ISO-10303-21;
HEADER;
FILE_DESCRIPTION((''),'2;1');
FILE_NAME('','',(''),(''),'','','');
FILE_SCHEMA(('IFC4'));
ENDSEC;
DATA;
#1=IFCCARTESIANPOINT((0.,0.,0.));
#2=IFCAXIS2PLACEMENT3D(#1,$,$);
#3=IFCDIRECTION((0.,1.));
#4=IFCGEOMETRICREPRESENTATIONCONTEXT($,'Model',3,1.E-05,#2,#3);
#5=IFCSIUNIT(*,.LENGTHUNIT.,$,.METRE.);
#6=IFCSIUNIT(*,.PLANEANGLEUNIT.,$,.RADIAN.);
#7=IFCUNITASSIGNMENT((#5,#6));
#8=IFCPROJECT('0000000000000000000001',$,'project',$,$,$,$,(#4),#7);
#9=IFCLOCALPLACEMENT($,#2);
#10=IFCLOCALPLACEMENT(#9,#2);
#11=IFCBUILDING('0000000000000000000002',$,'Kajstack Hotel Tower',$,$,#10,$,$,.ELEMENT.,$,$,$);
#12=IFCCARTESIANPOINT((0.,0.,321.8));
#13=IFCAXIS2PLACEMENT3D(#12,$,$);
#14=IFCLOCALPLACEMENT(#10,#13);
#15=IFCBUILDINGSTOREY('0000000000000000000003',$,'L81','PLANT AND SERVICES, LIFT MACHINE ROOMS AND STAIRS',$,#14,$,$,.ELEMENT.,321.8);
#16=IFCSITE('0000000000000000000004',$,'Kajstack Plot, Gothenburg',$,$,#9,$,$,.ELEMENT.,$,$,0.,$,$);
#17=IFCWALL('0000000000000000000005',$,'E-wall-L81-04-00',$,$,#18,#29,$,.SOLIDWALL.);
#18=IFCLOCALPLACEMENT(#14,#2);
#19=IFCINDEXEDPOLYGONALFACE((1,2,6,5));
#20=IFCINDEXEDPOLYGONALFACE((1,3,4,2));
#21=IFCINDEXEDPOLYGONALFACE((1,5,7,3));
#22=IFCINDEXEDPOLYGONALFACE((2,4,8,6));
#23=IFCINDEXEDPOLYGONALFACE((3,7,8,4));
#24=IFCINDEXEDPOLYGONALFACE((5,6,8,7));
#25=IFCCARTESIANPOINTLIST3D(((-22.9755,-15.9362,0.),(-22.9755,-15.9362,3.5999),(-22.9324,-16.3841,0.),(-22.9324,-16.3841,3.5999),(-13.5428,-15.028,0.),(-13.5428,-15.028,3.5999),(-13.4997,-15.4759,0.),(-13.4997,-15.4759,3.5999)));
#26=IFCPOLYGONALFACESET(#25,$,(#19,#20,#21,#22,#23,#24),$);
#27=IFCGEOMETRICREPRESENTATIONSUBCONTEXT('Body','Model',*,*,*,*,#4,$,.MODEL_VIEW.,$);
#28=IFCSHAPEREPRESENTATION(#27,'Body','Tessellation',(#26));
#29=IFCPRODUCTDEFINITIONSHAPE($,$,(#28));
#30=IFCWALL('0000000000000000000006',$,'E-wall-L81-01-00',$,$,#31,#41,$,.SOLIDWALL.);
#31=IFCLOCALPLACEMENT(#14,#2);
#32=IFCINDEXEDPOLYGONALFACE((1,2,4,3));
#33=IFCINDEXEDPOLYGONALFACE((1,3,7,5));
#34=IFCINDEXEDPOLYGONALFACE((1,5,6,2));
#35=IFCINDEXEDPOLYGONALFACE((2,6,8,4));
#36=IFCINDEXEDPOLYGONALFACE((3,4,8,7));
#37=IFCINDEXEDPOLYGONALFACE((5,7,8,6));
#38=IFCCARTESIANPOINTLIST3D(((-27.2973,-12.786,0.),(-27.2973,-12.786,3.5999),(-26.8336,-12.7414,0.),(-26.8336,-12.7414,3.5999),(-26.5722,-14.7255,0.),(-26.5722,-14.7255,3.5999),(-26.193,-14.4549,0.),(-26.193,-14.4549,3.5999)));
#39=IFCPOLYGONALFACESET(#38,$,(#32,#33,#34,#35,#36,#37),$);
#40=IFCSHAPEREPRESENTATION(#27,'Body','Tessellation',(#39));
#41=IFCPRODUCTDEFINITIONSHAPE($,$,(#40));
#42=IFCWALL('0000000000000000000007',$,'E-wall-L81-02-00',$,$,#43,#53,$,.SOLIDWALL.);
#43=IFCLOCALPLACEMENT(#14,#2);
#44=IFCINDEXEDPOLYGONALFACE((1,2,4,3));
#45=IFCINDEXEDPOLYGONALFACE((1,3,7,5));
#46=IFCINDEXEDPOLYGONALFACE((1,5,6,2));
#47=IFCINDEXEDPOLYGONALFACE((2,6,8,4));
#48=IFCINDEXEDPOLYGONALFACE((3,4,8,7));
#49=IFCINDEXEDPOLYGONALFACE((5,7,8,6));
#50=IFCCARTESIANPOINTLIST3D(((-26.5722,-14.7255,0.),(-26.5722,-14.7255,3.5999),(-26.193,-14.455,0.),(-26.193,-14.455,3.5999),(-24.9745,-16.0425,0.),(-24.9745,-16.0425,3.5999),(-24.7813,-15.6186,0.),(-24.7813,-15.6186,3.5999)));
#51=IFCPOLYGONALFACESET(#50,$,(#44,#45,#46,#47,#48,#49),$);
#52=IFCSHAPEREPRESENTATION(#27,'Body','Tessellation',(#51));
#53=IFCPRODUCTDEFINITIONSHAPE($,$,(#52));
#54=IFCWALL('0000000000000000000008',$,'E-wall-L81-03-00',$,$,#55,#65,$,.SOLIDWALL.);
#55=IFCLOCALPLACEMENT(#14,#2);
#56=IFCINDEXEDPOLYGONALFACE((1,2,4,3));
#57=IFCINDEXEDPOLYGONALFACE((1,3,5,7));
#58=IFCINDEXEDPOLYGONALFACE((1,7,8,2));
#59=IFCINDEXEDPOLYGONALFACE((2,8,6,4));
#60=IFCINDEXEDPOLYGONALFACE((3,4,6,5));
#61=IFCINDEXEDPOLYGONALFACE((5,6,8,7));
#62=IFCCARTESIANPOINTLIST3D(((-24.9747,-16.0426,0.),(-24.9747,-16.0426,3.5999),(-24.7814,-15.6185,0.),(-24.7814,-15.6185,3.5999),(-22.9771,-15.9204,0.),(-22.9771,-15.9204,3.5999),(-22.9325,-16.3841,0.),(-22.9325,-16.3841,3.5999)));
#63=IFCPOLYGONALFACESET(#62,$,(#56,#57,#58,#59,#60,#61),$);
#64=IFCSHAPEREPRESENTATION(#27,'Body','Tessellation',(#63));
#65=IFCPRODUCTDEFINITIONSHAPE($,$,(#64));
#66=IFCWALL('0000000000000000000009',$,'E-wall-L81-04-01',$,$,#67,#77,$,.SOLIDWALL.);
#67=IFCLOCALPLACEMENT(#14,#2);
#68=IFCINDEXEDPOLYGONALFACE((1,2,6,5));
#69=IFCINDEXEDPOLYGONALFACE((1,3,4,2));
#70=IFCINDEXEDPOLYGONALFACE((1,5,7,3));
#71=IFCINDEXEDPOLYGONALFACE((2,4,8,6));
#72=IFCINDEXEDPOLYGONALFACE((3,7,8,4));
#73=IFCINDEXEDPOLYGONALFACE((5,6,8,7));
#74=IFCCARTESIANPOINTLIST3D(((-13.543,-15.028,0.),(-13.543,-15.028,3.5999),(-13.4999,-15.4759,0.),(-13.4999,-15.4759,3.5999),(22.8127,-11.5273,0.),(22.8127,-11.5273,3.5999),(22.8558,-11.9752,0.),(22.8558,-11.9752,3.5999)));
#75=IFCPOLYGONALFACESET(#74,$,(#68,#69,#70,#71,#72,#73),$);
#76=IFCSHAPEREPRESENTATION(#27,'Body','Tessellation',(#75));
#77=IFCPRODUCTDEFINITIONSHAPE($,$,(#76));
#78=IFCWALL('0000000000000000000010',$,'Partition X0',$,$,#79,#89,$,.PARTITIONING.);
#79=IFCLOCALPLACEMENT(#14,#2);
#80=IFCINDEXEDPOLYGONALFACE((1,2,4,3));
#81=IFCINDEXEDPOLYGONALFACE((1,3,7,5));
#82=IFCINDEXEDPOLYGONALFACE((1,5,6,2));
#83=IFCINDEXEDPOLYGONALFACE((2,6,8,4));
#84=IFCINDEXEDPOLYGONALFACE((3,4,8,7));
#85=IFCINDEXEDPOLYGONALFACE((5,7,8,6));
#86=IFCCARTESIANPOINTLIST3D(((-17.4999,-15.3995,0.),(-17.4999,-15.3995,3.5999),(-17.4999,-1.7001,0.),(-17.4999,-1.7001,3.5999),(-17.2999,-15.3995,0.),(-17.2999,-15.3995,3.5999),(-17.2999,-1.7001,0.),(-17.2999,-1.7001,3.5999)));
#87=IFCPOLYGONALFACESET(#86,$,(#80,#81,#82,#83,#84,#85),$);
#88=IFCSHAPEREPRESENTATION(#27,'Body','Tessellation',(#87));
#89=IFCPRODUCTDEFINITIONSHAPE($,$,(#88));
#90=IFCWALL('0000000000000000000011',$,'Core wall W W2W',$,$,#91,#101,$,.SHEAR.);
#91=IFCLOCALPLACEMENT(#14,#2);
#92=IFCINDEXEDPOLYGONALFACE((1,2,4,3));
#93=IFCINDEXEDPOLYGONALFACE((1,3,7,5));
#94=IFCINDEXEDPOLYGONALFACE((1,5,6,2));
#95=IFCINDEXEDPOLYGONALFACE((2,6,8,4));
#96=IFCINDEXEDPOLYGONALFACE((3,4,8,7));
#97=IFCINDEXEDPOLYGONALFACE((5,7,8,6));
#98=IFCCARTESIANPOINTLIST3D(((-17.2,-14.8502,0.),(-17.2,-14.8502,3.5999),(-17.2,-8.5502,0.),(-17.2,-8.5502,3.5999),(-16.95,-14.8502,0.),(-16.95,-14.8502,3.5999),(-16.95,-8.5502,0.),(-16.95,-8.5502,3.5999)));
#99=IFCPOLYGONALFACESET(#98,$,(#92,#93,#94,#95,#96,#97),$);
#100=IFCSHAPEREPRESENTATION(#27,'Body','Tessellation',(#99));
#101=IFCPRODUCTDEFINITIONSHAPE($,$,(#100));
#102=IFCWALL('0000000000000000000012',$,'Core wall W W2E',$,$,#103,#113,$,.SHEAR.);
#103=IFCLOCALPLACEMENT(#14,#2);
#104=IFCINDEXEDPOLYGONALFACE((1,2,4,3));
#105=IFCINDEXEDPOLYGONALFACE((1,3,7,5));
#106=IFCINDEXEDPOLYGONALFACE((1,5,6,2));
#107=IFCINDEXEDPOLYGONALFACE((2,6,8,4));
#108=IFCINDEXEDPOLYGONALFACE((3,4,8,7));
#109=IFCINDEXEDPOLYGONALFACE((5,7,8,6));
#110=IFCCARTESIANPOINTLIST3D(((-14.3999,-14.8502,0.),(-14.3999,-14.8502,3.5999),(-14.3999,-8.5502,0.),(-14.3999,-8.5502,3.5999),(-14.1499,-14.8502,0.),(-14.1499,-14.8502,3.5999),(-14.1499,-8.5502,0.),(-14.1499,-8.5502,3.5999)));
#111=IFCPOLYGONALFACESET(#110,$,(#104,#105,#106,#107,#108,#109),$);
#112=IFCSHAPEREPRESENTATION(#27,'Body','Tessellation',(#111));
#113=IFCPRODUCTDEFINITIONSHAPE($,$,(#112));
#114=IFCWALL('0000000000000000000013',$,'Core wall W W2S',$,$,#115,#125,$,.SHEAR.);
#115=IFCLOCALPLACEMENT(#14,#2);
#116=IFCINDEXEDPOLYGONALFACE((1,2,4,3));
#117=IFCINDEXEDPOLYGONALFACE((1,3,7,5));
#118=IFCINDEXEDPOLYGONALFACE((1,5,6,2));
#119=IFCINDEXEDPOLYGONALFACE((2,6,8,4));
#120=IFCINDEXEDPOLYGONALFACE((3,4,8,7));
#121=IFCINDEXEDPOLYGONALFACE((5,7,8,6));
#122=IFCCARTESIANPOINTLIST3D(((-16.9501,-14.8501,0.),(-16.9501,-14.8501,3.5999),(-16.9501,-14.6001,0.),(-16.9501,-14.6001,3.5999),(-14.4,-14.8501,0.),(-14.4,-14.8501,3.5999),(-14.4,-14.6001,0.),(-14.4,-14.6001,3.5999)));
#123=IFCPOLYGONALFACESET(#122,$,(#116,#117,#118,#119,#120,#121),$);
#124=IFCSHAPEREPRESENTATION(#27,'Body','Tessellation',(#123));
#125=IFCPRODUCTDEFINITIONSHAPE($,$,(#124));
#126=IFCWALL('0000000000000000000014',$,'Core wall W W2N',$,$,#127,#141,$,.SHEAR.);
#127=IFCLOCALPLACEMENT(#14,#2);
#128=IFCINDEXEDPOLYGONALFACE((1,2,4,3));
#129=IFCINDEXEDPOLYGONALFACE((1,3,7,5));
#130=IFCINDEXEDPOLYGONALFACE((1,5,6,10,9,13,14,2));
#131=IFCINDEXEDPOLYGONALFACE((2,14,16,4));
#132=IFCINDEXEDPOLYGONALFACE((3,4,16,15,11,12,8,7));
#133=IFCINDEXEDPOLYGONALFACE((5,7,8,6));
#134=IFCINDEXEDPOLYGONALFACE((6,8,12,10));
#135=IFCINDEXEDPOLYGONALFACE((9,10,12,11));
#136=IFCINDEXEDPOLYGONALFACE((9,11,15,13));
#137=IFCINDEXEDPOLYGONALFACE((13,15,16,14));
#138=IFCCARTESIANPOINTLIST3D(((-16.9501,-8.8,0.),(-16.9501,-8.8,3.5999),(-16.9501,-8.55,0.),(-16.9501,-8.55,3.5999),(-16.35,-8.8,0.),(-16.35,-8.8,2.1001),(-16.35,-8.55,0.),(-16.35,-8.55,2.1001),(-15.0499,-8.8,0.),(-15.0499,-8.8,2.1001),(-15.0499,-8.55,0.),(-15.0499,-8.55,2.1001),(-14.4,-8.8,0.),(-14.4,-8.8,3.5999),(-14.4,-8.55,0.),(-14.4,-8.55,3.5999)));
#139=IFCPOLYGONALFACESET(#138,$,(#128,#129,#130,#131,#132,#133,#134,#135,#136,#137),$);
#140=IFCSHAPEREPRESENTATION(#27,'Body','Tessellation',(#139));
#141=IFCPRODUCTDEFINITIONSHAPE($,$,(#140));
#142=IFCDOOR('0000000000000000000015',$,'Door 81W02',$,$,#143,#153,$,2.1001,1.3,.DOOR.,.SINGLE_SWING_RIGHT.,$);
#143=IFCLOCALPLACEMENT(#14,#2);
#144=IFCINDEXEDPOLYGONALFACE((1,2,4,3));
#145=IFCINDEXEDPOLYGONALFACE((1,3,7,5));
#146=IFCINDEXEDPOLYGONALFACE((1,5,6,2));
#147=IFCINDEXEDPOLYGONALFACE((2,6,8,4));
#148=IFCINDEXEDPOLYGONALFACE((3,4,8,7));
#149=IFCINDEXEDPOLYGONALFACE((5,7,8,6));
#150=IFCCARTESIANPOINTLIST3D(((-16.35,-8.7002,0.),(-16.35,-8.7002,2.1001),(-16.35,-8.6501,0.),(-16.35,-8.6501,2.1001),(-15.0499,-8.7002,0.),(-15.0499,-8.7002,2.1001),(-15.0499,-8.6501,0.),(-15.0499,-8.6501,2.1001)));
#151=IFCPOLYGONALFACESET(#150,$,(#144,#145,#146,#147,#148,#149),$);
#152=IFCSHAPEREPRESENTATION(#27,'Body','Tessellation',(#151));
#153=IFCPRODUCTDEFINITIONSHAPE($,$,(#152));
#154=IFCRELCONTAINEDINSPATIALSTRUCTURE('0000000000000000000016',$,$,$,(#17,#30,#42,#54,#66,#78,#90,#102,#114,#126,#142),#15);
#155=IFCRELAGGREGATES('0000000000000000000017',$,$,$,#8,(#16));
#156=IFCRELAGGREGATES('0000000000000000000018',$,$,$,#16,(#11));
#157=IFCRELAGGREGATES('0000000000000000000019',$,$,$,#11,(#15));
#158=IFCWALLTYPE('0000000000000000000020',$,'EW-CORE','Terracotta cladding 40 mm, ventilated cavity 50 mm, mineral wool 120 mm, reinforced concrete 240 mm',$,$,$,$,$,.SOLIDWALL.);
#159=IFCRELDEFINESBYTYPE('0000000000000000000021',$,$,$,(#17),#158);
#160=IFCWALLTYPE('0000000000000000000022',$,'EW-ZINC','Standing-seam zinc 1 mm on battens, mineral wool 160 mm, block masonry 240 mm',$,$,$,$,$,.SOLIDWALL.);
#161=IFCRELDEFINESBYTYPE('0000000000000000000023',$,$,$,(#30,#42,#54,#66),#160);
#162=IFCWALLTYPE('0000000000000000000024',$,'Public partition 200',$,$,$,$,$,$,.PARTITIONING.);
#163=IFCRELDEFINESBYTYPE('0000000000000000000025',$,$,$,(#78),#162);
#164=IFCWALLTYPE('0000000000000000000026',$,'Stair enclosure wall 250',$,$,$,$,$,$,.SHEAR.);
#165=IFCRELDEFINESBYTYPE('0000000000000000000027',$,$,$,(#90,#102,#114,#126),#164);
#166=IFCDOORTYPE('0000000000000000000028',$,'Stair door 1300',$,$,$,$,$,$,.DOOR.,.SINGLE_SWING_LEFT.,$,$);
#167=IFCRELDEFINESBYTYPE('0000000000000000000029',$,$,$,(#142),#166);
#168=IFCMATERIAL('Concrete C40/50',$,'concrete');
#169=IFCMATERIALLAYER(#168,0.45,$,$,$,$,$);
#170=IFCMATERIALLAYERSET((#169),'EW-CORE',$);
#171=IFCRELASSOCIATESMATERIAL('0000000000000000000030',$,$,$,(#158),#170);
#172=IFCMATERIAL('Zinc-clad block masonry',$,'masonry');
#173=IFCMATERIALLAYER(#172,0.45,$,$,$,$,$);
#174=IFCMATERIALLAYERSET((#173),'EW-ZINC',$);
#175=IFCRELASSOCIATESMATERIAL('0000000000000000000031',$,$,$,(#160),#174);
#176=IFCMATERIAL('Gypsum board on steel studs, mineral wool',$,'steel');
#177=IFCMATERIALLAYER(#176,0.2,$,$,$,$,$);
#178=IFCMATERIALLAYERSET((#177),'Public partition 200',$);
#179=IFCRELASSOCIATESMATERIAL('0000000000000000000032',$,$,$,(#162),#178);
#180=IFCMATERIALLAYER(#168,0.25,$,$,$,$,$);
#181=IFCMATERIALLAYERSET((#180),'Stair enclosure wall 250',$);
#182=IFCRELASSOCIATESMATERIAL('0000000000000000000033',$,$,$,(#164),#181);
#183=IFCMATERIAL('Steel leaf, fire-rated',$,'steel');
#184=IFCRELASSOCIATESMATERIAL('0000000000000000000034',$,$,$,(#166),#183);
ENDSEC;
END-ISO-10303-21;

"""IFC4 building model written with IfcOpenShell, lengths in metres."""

from ifc_helpers import new_model, si_unit, direction, frame, frame_2d, origin, place, context, subcontext, project, spatial, polyline, rectangle, outline, extrude, material, layer, layer_set, type_object, element, fill, save


model = new_model("IFC4")

# Units and contexts
model_context = context("Model", 3, precision=1e-05, world=origin(), true_north=direction((0.0, 1.0)))
body_context = subcontext(model_context, "Body", "Model", "MODEL_VIEW")
ifc_project = project(units=[si_unit("LENGTHUNIT", "METRE"), si_unit("PLANEANGLEUNIT", "RADIAN")], contexts=[model_context])

# Site, building, storey
site_placement = place(None, origin())
site = spatial("IfcSite", under=ifc_project, at=site_placement, Name="Kajstack Plot, Gothenburg", CompositionType="ELEMENT", RefElevation=0.0)
building_placement = place(site_placement, origin())
building = spatial("IfcBuilding", under=site, at=building_placement, Name="Kajstack Hotel Tower", CompositionType="ELEMENT")
storey_placement = place(building_placement, frame((0.0, 0.0, 321.8)))
storey = spatial("IfcBuildingStorey", under=building, at=storey_placement, Name="L81", Description="PLANT AND SERVICES, LIFT MACHINE ROOMS AND STAIRS", CompositionType="ELEMENT", Elevation=321.8)

# Walls
ifc_material_1 = material(Name="Concrete C40/50", Category="concrete")
ifc_layer_1 = layer(ifc_material_1, 0.45)
ifc_layer_set_1 = layer_set([ifc_layer_1], Name="EW-CORE")
wall_type_1 = type_object("IfcWallType", Name="EW-CORE", Description="Terracotta cladding 40 mm, ventilated cavity 50 mm, mineral wool 120 mm, reinforced concrete 240 mm", PredefinedType="SOLIDWALL", material=ifc_layer_set_1)
wall_1_placement = place(storey_placement, frame((-22.9541, -16.1602, 0.0), z_axis=(0.0, 0.0, 1.0), x_axis=(0.995397, 0.09584, 0.0)))
element("IfcWall", 1, at=wall_1_placement, inside=storey, type_object=wall_type_1, Name="E-wall-L81-04-00", PredefinedType="SOLIDWALL", context=body_context, shape_type="SweptSolid", body=[
    extrude(rectangle(XDim=9.4763, YDim=0.45, at=frame_2d((4.7383, 0.0))), origin(), (0.0, 0.0, 1.0), 3.5999),
])
ifc_material_2 = material(Name="Zinc-clad block masonry", Category="masonry")
ifc_layer_2 = layer(ifc_material_2, 0.45)
ifc_layer_set_2 = layer_set([ifc_layer_2], Name="EW-ZINC")
wall_type_2 = type_object("IfcWallType", Name="EW-ZINC", Description="Standing-seam zinc 1 mm on battens, mineral wool 160 mm, block masonry 240 mm", PredefinedType="SOLIDWALL", material=ifc_layer_set_2)
for number, where, z_axis, x_axis, name in (
    (2, (-27.0867, -12.7073, 0.0), (0.0, 0.0, 1.0), (0.350193, -0.936678, 0.0), "E-wall-L81-01-00"),
    (3, (-26.4292, -14.552, 0.0), (0.0, 0.0, 1.0), (0.771651, -0.636046, 0.0), "E-wall-L81-02-00"),
):
    element("IfcWall", number, at=place(storey_placement, frame(where, z_axis=z_axis, x_axis=x_axis)), inside=storey, type_object=wall_type_2, Name=name, PredefinedType="SOLIDWALL", context=body_context, shape_type="SweptSolid", body=[
        extrude(outline(polyline([(0.0, -0.2249), (2.0706, -0.2249), (1.95, 0.2251), (0.1206, 0.2251), (0.0, -0.2249)])), origin(), (0.0, 0.0, 1.0), 3.5999),
    ])
wall_2_placement = place(storey_placement, frame((-24.9375, -15.8206, 0.0), z_axis=(0.0, 0.0, 1.0), x_axis=(0.986282, -0.165068, 0.0)))
element("IfcWall", 4, at=wall_2_placement, inside=storey, type_object=wall_type_2, Name="E-wall-L81-03-00", PredefinedType="SOLIDWALL", context=body_context, shape_type="SweptSolid", body=[
    extrude(outline(polyline([(0.0, -0.2251), (2.0706, -0.2249), (1.95, 0.2251), (0.1206, 0.2251), (0.0, -0.2251)])), origin(), (0.0, 0.0, 1.0), 3.5999),
])
wall_3_placement = place(storey_placement, frame((-13.5215, -15.252, 0.0), z_axis=(0.0, 0.0, 1.0), x_axis=(0.995396, 0.095848, 0.0)))
element("IfcWall", 5, at=wall_3_placement, inside=storey, type_object=wall_type_2, Name="E-wall-L81-04-01", PredefinedType="SOLIDWALL", context=body_context, shape_type="SweptSolid", body=[
    extrude(rectangle(XDim=36.5239, YDim=0.45, at=frame_2d((18.262, 0.0))), origin(), (0.0, 0.0, 1.0), 3.5999),
])
ifc_material_3 = material(Name="Gypsum board on steel studs, mineral wool", Category="steel")
ifc_layer_3 = layer(ifc_material_3, 0.2)
ifc_layer_set_3 = layer_set([ifc_layer_3], Name="Public partition 200")
wall_type_3 = type_object("IfcWallType", Name="Public partition 200", PredefinedType="PARTITIONING", material=ifc_layer_set_3)
wall_4_placement = place(storey_placement, frame((-17.3999, -15.3994, 0.0), z_axis=(0.0, 0.0, 1.0), x_axis=(0.0, 1.0, 0.0)))
element("IfcWall", 6, at=wall_4_placement, inside=storey, type_object=wall_type_3, Name="Partition X0", PredefinedType="PARTITIONING", context=body_context, shape_type="SweptSolid", body=[
    extrude(rectangle(XDim=13.6995, YDim=0.2, at=frame_2d((6.8496, 0.0))), origin(), (0.0, 0.0, 1.0), 3.5999),
])
ifc_layer_4 = layer(ifc_material_1, 0.25)
ifc_layer_set_4 = layer_set([ifc_layer_4], Name="Stair enclosure wall 250")
wall_type_4 = type_object("IfcWallType", Name="Stair enclosure wall 250", PredefinedType="SHEAR", material=ifc_layer_set_4)
for number, where, z_axis, x_axis, name in (
    (7, (-17.075, -14.8501, 0.0), (0.0, 0.0, 1.0), (0.0, 1.0, 0.0), "Core wall W W2W"),
    (8, (-14.2749, -14.8501, 0.0), (0.0, 0.0, 1.0), (0.0, 1.0, 0.0), "Core wall W W2E"),
):
    element("IfcWall", number, at=place(storey_placement, frame(where, z_axis=z_axis, x_axis=x_axis)), inside=storey, type_object=wall_type_4, Name=name, PredefinedType="SHEAR", context=body_context, shape_type="SweptSolid", body=[
        extrude(rectangle(XDim=6.3, YDim=0.25, at=frame_2d((3.1499, 0.0))), origin(), (0.0, 0.0, 1.0), 3.5999),
    ])
wall_5_placement = place(storey_placement, frame((-16.95, -14.7251, 0.0), z_axis=(0.0, 0.0, 1.0), x_axis=(1.0, 0.0, 0.0)))
element("IfcWall", 9, at=wall_5_placement, inside=storey, type_object=wall_type_4, Name="Core wall W W2S", PredefinedType="SHEAR", context=body_context, shape_type="SweptSolid", body=[
    extrude(rectangle(XDim=2.55, YDim=0.25, at=frame_2d((1.2749, 0.0))), origin(), (0.0, 0.0, 1.0), 3.5999),
])

# Wall, opening, door
wall_6_placement = place(storey_placement, frame((-16.95, -8.675, 0.0), z_axis=(0.0, 0.0, 1.0), x_axis=(1.0, 0.0, 0.0)))
wall_6 = element("IfcWall", 10, at=wall_6_placement, inside=storey, type_object=wall_type_4, Name="Core wall W W2N", PredefinedType="SHEAR", context=body_context, shape_type="SweptSolid", body=[
    extrude(rectangle(XDim=2.55, YDim=0.25, at=frame_2d((1.2749, 0.0))), origin(), (0.0, 0.0, 1.0), 3.5999),
])
opening_placement = place(wall_6_placement, frame((0.6001, 0.0, 0.0)))
opening = element("IfcOpeningElement", 11, at=opening_placement, cuts=wall_6, PredefinedType="OPENING", context=body_context, shape_type="SweptSolid", body=[
    extrude(rectangle(XDim=1.3, YDim=2.1001, at=frame_2d((0.6499, 1.05))), frame((0.0, 0.135, 0.0), z_axis=(0.0, -1.0, 0.0), x_axis=(1.0, 0.0, 0.0)), (0.0, 0.0, 1.0), 0.27),
])
ifc_material_4 = material(Name="Steel leaf, fire-rated", Category="steel")
door_type = type_object("IfcDoorType", Name="Stair door 1300", OperationType="SINGLE_SWING_LEFT", PredefinedType="DOOR", material=ifc_material_4)
door_placement = place(opening_placement, origin())
door = element("IfcDoor", 12, at=door_placement, inside=storey, type_object=door_type, Name="Door 81W02", OperationType="SINGLE_SWING_RIGHT", OverallHeight=2.1001, OverallWidth=1.3, PredefinedType="DOOR", context=body_context, shape_type="SweptSolid", body=[
    extrude(rectangle(XDim=1.3, YDim=2.1001, at=frame_2d((0.6499, 1.05))), frame((0.0, 0.0249, 0.0), z_axis=(0.0, -1.0, 0.0), x_axis=(1.0, 0.0, 0.0)), (0.0, 0.0, 1.0), 0.05),
])
fill(opening, door)

save(model, "model.ifc")
